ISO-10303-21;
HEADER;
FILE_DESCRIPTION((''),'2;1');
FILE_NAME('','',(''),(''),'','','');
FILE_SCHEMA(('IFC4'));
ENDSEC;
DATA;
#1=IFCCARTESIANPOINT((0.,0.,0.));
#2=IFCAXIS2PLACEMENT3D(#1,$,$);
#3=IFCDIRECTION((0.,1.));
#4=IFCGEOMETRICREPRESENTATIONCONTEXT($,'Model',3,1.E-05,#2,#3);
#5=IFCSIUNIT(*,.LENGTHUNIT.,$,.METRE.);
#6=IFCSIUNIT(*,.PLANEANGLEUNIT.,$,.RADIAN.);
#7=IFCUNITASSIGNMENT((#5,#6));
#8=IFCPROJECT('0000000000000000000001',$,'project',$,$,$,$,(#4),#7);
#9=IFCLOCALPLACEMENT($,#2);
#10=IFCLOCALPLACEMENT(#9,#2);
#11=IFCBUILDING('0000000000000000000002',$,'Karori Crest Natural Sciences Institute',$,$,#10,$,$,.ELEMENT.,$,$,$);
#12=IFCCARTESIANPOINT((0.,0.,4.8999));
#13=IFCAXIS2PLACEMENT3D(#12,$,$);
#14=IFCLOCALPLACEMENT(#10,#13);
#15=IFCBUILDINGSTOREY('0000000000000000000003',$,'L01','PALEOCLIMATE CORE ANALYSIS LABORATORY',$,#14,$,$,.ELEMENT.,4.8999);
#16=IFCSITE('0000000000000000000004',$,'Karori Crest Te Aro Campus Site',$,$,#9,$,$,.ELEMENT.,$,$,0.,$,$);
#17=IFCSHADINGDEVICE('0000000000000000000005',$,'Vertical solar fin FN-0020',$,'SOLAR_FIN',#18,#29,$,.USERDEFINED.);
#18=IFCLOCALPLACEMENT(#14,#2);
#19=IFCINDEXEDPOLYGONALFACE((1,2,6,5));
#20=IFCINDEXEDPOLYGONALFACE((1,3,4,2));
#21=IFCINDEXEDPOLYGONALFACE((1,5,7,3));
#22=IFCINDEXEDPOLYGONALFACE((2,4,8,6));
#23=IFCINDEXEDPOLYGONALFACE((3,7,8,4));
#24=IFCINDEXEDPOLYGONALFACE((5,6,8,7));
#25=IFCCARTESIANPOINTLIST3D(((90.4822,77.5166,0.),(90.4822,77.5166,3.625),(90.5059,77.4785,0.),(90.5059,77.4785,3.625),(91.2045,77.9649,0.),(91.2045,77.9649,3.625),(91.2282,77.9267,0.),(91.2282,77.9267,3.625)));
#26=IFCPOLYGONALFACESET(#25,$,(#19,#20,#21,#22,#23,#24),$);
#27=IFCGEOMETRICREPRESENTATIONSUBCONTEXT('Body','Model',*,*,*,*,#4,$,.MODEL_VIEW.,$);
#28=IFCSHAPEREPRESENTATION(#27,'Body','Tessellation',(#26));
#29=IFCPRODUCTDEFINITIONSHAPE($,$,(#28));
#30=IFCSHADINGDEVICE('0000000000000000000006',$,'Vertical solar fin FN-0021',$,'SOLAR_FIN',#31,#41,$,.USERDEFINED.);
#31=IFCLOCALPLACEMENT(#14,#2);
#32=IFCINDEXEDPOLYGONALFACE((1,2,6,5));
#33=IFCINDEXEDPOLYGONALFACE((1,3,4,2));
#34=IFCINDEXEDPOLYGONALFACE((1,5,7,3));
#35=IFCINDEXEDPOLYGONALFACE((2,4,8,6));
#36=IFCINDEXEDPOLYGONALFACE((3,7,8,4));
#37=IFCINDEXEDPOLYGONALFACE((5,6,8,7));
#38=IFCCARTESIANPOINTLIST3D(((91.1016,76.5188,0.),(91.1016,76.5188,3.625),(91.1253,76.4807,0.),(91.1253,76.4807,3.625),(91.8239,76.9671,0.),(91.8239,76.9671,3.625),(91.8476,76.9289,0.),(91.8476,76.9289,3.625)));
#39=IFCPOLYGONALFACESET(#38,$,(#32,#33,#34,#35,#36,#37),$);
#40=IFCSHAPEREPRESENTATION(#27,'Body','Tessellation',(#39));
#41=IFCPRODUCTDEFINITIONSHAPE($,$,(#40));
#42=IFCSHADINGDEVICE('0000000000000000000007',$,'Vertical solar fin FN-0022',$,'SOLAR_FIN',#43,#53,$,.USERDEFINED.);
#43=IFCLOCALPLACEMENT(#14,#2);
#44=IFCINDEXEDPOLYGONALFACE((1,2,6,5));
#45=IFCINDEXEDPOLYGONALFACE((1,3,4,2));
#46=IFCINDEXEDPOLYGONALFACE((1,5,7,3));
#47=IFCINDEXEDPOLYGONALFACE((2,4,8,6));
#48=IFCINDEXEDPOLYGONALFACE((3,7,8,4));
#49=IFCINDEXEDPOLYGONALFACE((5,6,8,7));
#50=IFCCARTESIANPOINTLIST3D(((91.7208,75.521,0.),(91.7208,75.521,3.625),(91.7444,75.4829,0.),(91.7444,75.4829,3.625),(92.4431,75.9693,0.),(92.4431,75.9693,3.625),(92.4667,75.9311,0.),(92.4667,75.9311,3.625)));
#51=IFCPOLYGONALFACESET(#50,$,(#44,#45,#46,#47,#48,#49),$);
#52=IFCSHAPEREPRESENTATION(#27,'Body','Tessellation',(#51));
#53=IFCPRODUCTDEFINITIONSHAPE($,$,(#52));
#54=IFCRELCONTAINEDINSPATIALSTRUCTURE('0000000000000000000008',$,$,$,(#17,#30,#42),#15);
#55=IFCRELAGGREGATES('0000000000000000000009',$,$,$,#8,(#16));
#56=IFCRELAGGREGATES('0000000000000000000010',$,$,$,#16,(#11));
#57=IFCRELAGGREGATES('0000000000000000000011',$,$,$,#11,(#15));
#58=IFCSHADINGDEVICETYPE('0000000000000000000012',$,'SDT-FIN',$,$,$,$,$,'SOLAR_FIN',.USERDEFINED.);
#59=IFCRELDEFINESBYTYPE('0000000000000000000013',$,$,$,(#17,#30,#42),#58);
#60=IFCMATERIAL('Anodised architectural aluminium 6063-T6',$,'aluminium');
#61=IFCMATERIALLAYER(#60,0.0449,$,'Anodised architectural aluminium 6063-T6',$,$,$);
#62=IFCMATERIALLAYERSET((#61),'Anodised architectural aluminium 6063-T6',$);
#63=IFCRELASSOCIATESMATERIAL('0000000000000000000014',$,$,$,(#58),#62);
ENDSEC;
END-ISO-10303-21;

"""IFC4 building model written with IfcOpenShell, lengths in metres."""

from ifc_helpers import new_model, si_unit, direction, frame, origin, origin_2d, place, context, subcontext, project, spatial, rectangle, extrude, material, layer, layer_set, type_object, element, save


model = new_model("IFC4")

# Units and contexts
model_context = context("Model", 3, precision=1e-05, world=origin(), true_north=direction((0.0, 1.0)))
body_context = subcontext(model_context, "Body", "Model", "MODEL_VIEW")
ifc_project = project(units=[si_unit("LENGTHUNIT", "METRE"), si_unit("PLANEANGLEUNIT", "RADIAN")], contexts=[model_context])

# Site, building, storey
site_placement = place(None, origin())
site = spatial("IfcSite", under=ifc_project, at=site_placement, Name="Karori Crest Te Aro Campus Site", CompositionType="ELEMENT", RefElevation=0.0)
building_placement = place(site_placement, origin())
building = spatial("IfcBuilding", under=site, at=building_placement, Name="Karori Crest Natural Sciences Institute", CompositionType="ELEMENT")
storey_placement = place(building_placement, frame((0.0, 0.0, 4.8999)))
storey = spatial("IfcBuildingStorey", under=building, at=storey_placement, Name="L01", Description="PALEOCLIMATE CORE ANALYSIS LABORATORY", CompositionType="ELEMENT", Elevation=4.8999)

# Shared definitions
ifc_material_1 = material(Name="Anodised architectural aluminium 6063-T6", Category="aluminium")

# Shading devices
ifc_layer_1 = layer(ifc_material_1, 0.0449, Name="Anodised architectural aluminium 6063-T6")
ifc_layer_set_1 = layer_set([ifc_layer_1], Name="Anodised architectural aluminium 6063-T6")
shading_device_type = type_object("IfcShadingDeviceType", Name="SDT-FIN", ElementType="SOLAR_FIN", PredefinedType="USERDEFINED", material=ifc_layer_set_1)
for number, where, z_axis, x_axis, name in (
    (1, (90.8552, 77.7217, 0.0), (0.0, 0.0, 1.0), (0.849665, 0.527322, 0.0), "Vertical solar fin FN-0020"),
    (2, (91.4746, 76.7239, 0.0), (0.0, 0.0, 1.0), (0.849665, 0.527322, 0.0), "Vertical solar fin FN-0021"),
    (3, (92.0938, 75.7261, 0.0), (0.0, 0.0, 1.0), (0.849665, 0.527322, 0.0), "Vertical solar fin FN-0022"),
):
    element("IfcShadingDevice", number, at=place(storey_placement, frame(where, z_axis=z_axis, x_axis=x_axis)), inside=storey, type_object=shading_device_type, Name=name, ObjectType="SOLAR_FIN", PredefinedType="USERDEFINED", context=body_context, shape_type="SweptSolid", body=[
        extrude(rectangle(XDim=0.8501, YDim=0.0449, at=origin_2d()), origin(), (0.0, 0.0, 1.0), 3.625),
    ])

save(model, "model.ifc")
